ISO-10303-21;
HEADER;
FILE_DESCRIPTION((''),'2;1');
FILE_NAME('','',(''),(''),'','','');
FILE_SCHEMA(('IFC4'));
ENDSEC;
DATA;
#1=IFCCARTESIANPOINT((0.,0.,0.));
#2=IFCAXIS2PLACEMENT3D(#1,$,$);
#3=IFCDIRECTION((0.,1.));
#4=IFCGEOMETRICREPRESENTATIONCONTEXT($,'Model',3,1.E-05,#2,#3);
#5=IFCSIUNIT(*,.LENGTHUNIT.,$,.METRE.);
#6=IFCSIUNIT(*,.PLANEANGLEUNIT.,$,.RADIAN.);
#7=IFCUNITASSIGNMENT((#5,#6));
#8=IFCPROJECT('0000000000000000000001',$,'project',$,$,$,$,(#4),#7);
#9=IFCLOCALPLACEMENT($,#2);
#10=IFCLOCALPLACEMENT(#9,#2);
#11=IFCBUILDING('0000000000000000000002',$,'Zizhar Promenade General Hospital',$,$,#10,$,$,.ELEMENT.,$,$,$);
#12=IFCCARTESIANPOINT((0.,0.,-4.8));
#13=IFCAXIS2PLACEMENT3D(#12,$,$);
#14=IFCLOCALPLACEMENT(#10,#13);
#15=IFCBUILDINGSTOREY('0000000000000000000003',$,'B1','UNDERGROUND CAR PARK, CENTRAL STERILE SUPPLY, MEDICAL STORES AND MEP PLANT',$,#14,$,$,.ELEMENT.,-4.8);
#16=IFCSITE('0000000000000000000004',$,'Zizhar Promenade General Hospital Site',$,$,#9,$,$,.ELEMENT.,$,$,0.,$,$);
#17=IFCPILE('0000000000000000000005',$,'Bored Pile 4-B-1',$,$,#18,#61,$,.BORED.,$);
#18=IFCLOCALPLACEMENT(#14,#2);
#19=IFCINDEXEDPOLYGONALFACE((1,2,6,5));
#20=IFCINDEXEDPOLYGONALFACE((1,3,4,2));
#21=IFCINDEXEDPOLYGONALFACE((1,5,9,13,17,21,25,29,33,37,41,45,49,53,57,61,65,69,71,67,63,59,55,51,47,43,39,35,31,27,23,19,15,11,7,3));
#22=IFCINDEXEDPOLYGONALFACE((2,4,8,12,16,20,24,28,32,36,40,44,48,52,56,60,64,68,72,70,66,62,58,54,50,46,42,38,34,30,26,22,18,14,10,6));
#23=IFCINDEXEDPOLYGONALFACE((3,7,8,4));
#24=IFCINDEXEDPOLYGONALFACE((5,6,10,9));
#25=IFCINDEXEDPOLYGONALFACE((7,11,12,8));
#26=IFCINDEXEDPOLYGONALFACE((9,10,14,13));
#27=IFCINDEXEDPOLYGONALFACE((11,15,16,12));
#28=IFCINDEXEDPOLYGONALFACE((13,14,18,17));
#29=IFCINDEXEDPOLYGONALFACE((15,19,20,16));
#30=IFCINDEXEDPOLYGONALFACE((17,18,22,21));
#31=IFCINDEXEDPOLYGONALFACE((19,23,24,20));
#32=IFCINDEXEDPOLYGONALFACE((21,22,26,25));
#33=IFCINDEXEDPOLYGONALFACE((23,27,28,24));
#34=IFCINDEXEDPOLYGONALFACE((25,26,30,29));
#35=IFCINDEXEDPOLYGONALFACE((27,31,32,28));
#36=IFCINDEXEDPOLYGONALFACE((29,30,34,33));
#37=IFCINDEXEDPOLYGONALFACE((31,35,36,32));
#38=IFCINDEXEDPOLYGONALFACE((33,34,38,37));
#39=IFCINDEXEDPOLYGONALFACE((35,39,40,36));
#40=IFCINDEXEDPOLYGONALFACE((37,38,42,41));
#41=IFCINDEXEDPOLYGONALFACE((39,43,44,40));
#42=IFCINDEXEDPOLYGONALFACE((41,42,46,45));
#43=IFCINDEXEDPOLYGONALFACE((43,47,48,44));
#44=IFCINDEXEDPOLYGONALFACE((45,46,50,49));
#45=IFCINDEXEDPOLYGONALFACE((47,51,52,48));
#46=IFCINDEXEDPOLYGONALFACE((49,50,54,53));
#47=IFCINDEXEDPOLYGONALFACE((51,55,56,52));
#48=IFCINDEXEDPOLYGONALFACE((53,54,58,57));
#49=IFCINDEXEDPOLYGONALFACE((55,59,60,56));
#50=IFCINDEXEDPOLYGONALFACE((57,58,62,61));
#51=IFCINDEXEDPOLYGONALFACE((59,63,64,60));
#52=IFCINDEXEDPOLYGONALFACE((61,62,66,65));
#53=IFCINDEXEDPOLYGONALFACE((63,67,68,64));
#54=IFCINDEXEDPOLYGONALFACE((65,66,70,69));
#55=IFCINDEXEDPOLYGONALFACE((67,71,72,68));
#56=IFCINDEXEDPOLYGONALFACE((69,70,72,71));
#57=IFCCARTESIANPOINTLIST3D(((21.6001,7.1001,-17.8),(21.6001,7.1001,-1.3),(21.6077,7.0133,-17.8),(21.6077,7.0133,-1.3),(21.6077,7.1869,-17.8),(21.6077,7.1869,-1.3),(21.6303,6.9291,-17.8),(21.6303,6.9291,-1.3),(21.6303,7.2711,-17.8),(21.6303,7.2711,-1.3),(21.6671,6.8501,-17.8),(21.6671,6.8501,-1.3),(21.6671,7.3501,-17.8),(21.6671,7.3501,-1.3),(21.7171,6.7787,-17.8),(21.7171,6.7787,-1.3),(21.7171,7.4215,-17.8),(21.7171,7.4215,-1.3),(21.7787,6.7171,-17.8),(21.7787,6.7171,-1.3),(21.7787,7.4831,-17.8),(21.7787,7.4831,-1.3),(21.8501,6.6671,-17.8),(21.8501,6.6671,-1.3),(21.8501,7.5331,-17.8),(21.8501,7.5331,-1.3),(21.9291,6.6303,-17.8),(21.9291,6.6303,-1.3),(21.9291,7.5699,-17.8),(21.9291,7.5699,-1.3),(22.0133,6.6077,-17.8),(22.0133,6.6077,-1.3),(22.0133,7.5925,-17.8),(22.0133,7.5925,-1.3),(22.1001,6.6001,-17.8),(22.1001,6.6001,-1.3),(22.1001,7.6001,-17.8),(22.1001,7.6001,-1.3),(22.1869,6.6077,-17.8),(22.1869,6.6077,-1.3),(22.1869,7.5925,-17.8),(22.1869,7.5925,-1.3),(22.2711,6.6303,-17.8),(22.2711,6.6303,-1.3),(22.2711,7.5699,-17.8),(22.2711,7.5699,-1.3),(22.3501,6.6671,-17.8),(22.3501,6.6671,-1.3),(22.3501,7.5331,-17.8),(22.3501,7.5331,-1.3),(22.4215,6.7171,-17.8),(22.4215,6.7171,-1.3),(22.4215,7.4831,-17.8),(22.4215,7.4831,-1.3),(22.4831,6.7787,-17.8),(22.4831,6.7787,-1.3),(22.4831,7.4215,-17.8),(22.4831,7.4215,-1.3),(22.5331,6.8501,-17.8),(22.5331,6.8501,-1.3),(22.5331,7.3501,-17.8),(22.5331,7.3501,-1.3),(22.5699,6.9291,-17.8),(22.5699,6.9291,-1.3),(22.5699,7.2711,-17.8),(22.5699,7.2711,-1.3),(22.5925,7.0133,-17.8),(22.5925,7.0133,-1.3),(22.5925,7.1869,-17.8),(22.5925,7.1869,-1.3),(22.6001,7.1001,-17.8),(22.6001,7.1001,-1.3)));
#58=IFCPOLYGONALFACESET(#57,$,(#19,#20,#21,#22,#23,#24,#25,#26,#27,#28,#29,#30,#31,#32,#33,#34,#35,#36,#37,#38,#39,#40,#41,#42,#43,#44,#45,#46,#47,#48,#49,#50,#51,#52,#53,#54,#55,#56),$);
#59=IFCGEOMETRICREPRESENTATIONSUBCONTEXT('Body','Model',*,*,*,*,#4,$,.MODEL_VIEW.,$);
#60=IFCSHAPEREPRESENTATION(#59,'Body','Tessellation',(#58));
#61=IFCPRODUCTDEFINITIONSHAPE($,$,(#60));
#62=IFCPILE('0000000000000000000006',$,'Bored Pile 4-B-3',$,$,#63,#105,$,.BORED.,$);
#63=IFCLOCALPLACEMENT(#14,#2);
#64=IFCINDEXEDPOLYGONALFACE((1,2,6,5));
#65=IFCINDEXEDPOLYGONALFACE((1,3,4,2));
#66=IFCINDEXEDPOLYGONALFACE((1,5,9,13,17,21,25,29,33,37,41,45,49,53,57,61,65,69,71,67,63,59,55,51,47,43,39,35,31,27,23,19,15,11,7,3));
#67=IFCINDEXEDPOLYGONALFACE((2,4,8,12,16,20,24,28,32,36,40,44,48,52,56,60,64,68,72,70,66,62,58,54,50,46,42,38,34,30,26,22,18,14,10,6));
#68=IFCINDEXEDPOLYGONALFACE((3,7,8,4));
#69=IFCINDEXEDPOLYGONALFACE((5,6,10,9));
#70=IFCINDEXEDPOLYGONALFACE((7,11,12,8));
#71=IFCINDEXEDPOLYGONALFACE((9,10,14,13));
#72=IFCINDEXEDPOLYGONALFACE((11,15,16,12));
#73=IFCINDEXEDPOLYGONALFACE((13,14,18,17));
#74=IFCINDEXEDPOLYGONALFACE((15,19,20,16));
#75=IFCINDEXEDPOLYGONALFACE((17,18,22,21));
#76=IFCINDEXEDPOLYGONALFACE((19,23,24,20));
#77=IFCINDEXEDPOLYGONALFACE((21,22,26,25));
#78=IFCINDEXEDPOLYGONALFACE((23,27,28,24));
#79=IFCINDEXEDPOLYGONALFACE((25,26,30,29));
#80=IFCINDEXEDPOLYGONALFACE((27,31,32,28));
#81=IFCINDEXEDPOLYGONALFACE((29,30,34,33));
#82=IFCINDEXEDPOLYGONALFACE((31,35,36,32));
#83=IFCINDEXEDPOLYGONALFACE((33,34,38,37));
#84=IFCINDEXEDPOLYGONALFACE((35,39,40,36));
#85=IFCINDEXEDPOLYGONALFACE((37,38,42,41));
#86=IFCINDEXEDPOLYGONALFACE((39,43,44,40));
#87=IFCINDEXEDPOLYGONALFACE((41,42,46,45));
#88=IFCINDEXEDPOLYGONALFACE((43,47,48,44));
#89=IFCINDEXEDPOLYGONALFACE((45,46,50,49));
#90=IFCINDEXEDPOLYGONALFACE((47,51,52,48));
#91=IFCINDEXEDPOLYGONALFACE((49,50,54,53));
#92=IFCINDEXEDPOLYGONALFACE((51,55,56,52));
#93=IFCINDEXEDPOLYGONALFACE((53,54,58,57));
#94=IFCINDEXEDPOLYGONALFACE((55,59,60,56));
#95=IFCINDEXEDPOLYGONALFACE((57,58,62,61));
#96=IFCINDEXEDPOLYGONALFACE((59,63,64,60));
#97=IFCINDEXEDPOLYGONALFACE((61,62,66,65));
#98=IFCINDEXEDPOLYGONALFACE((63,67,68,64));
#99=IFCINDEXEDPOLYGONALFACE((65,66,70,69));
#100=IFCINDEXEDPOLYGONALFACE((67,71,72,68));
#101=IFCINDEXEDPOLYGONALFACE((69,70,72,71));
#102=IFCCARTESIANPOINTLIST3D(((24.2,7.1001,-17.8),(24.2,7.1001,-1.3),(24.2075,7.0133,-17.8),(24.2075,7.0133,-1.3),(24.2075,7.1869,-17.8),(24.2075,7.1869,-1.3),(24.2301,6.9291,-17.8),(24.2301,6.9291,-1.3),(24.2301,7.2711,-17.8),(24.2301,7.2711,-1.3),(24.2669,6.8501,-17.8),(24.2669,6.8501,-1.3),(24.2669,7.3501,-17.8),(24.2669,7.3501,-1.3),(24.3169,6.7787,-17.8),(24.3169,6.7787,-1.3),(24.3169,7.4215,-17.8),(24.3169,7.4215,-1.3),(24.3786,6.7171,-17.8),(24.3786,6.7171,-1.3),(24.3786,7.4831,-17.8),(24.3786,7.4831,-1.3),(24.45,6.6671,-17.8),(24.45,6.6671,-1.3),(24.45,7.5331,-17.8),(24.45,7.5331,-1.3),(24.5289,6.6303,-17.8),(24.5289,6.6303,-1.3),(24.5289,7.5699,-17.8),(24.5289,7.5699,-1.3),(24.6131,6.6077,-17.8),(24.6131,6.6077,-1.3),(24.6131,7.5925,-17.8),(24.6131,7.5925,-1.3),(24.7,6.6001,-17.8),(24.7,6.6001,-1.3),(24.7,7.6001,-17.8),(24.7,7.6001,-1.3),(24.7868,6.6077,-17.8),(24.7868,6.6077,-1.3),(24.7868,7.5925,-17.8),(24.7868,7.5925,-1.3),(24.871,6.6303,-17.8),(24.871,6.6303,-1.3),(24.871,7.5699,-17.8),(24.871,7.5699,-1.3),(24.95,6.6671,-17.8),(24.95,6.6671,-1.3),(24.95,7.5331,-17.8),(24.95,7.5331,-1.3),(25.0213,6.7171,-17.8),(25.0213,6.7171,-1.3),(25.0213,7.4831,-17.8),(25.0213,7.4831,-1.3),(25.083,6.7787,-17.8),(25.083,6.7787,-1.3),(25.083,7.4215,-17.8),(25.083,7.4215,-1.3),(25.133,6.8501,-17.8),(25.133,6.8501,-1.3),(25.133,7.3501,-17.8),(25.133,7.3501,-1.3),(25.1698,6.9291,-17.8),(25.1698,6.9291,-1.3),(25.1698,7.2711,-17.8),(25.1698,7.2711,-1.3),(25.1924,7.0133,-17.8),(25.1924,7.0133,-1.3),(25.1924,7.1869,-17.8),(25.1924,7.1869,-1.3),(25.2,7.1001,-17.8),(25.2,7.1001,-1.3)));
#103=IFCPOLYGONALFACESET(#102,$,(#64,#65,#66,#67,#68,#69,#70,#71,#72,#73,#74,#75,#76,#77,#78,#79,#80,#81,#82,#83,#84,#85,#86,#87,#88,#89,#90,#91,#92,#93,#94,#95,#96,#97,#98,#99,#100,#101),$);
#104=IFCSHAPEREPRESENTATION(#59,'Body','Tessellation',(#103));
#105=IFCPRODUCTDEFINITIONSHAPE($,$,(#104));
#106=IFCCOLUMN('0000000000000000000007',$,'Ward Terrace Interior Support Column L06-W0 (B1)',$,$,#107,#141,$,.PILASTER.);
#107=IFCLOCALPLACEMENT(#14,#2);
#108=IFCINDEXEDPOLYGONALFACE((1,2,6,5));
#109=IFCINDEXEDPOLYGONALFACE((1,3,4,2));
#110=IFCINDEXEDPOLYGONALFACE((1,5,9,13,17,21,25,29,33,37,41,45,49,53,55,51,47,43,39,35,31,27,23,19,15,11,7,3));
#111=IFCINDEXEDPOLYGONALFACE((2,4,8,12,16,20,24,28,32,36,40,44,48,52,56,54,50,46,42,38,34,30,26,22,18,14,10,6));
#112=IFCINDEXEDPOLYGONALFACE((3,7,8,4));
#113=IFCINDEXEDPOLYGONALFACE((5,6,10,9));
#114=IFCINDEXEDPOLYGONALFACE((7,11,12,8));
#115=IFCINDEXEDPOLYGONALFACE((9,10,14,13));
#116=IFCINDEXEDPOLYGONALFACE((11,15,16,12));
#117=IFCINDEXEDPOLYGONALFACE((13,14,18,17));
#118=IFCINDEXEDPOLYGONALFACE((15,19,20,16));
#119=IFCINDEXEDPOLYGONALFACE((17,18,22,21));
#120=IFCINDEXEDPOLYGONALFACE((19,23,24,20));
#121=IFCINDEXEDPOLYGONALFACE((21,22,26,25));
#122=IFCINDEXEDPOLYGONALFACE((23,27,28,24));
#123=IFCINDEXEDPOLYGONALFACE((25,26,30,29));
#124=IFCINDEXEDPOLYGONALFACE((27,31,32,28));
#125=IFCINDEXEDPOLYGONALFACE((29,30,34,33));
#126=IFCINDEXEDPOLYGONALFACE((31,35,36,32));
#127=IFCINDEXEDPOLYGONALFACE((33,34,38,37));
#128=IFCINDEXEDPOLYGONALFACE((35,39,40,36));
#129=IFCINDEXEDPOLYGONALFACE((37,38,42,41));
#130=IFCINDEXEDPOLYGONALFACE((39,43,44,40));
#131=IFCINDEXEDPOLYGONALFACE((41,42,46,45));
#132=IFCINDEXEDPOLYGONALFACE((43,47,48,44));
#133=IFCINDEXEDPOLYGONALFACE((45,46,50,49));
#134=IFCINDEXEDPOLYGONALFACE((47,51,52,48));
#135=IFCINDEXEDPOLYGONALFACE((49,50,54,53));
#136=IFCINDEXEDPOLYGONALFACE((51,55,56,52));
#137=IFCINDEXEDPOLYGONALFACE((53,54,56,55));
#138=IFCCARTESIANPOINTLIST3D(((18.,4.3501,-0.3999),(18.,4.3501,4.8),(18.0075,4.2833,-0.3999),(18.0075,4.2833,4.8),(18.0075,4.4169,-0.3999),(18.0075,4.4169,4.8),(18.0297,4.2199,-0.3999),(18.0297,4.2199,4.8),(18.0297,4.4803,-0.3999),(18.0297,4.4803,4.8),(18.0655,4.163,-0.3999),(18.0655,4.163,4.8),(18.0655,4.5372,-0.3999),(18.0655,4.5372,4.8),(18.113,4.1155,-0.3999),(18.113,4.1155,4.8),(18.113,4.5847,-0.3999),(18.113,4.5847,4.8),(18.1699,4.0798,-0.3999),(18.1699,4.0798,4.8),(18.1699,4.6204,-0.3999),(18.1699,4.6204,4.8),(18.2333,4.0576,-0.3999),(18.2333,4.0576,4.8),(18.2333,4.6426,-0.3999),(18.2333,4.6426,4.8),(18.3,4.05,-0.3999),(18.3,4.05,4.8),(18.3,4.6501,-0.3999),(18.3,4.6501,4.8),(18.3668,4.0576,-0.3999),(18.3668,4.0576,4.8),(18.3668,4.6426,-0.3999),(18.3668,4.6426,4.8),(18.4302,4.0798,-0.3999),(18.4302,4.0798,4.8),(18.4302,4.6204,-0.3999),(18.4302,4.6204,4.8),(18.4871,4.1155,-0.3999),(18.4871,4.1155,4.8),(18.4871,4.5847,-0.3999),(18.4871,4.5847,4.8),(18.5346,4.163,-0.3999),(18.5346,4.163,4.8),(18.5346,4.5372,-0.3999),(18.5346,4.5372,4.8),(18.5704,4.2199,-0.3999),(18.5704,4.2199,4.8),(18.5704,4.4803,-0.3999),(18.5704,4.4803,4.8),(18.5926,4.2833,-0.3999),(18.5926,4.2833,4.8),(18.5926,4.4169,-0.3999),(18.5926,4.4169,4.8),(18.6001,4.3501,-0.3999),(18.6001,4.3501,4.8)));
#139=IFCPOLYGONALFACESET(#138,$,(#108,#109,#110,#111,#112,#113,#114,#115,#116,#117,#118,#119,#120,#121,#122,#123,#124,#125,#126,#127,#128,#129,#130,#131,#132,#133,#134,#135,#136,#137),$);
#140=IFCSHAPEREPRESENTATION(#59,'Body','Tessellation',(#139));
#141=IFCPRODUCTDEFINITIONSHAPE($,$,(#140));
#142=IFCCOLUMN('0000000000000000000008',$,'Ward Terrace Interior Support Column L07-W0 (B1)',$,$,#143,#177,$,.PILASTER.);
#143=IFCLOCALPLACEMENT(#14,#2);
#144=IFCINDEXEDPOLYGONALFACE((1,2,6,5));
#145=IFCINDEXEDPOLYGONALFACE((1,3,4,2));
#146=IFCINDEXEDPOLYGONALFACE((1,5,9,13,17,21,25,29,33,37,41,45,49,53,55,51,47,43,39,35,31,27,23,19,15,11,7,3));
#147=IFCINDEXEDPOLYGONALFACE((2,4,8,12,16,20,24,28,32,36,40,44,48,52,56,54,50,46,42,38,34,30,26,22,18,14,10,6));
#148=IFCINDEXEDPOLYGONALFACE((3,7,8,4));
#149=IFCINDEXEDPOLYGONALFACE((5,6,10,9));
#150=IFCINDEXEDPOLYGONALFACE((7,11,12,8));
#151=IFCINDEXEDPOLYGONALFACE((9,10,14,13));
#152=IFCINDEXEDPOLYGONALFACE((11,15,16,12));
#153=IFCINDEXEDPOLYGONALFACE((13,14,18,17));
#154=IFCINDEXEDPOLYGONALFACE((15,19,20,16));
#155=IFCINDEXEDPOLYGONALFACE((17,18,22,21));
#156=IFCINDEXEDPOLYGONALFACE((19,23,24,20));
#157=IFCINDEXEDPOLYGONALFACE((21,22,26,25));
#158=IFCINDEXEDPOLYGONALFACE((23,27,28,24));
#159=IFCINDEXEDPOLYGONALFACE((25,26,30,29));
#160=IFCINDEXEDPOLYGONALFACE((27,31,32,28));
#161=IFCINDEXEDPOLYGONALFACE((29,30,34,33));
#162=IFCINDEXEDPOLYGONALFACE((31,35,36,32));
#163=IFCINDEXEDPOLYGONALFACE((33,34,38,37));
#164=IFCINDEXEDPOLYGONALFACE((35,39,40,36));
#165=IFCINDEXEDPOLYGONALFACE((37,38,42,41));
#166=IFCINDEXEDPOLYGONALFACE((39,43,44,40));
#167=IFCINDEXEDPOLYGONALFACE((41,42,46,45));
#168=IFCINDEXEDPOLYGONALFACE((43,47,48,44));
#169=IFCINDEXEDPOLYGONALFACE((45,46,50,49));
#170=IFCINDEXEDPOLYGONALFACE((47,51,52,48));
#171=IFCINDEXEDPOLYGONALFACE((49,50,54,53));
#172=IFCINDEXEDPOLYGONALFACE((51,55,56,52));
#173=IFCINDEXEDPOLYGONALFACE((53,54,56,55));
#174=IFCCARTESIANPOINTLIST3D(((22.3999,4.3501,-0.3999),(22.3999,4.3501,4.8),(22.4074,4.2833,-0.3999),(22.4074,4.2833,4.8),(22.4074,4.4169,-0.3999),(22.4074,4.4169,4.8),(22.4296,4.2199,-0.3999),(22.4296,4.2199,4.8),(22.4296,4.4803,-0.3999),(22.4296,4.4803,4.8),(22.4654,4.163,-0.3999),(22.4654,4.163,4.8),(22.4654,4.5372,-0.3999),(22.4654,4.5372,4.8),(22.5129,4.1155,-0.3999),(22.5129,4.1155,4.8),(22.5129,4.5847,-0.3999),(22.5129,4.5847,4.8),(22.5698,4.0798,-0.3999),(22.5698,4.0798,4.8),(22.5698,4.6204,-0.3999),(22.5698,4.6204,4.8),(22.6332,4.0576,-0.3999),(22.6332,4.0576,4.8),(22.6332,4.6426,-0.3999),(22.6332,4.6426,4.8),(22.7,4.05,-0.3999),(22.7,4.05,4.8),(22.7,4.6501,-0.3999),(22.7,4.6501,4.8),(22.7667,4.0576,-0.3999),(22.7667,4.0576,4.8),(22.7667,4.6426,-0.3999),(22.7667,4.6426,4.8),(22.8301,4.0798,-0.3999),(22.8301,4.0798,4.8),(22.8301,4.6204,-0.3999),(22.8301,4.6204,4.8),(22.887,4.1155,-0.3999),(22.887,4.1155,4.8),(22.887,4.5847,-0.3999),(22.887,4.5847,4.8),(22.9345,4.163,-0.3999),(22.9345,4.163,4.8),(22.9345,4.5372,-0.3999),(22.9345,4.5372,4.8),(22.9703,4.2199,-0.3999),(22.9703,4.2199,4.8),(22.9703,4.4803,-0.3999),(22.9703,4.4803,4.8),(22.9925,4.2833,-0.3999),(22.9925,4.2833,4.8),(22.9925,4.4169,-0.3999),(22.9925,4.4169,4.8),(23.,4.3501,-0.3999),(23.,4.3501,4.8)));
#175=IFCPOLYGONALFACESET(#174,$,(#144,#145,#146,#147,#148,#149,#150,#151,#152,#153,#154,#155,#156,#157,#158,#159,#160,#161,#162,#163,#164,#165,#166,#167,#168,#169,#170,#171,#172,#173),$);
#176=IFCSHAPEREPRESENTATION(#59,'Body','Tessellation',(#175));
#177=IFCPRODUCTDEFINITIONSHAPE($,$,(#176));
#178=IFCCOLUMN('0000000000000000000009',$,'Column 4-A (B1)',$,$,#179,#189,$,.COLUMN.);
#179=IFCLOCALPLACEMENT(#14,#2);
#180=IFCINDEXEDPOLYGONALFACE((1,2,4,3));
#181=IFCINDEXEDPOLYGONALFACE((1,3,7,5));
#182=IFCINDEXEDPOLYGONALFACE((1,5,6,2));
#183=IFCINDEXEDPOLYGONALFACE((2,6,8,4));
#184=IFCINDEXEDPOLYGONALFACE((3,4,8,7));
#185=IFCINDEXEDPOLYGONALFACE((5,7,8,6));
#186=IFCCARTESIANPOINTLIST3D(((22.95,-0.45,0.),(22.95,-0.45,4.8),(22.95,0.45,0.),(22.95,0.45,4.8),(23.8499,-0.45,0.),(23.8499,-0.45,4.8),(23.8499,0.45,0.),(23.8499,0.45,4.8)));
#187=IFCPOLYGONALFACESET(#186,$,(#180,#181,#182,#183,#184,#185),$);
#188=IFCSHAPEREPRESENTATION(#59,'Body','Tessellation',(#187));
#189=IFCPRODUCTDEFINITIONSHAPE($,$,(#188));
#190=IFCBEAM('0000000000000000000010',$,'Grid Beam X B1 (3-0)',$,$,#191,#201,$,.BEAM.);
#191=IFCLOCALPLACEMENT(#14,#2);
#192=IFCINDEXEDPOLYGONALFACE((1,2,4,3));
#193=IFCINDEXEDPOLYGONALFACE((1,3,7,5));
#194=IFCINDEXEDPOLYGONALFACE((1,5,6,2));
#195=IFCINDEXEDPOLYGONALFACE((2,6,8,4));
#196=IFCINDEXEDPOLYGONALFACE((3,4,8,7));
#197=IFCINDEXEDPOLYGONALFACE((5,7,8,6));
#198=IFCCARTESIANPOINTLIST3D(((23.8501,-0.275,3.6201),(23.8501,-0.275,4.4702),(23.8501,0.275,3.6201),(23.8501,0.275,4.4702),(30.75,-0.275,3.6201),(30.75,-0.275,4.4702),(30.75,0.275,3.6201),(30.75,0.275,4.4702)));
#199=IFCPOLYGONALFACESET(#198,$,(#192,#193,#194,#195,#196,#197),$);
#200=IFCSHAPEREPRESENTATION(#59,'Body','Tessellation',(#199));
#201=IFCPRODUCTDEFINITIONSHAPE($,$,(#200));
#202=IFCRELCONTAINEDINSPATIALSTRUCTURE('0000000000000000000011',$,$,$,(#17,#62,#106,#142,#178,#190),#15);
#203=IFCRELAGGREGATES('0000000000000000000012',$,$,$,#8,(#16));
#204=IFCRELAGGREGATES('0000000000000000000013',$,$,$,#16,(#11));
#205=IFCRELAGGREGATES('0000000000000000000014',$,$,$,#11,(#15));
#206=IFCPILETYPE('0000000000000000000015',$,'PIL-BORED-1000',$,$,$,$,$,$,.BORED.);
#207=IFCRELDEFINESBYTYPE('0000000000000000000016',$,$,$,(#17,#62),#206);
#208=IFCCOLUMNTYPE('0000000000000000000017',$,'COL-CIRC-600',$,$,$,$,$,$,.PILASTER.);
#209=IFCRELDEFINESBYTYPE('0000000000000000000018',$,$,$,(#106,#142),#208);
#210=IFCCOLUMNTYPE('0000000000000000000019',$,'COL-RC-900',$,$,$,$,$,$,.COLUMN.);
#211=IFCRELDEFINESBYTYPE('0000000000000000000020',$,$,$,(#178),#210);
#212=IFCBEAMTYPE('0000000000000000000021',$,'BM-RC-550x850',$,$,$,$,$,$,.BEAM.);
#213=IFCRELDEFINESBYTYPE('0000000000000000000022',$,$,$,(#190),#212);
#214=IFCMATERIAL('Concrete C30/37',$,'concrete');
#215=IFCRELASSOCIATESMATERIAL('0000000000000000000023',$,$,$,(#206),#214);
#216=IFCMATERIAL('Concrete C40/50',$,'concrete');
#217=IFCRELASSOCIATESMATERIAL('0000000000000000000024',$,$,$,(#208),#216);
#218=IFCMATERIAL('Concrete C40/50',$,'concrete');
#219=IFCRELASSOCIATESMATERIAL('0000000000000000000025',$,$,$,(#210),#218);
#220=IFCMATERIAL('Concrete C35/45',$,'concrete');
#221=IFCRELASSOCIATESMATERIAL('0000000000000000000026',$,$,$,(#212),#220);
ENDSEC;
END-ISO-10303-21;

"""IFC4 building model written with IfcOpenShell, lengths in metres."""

from ifc_helpers import new_model, si_unit, direction, frame, origin, origin_2d, place, context, subcontext, project, spatial, rectangle, circle, extrude, material, material_profile, profile_set, type_object, element, save


model = new_model("IFC4")

# Units and contexts
model_context = context("Model", 3, precision=1e-05, world=origin(), true_north=direction((0.0, 1.0)))
body_context = subcontext(model_context, "Body", "Model", "MODEL_VIEW")
ifc_project = project(units=[si_unit("LENGTHUNIT", "METRE"), si_unit("PLANEANGLEUNIT", "RADIAN")], contexts=[model_context])

# Site, building, storey
site_placement = place(None, origin())
site = spatial("IfcSite", under=ifc_project, at=site_placement, Name="Zizhar Promenade General Hospital Site", CompositionType="ELEMENT", RefElevation=0.0)
building_placement = place(site_placement, origin())
building = spatial("IfcBuilding", under=site, at=building_placement, Name="Zizhar Promenade General Hospital", CompositionType="ELEMENT")
storey_placement = place(building_placement, frame((0.0, 0.0, -4.8)))
storey = spatial("IfcBuildingStorey", under=building, at=storey_placement, Name="B1", Description="UNDERGROUND CAR PARK, CENTRAL STERILE SUPPLY, MEDICAL STORES AND MEP PLANT", CompositionType="ELEMENT", Elevation=-4.8)

# Piles
ifc_material_1 = material(Name="Concrete C30/37", Category="concrete")
ifc_material_profile_1 = material_profile(ifc_material_1, circle(Radius=0.5, at=origin_2d()))
ifc_profile_set_1 = profile_set([ifc_material_profile_1], Name="Concrete C30/37")
pile_type = type_object("IfcPileType", Name="PIL-BORED-1000", PredefinedType="BORED", material=ifc_profile_set_1)
for number, where, z_axis, x_axis, name in (
    (1, (22.1001, 7.1001, -1.3), (0.0, 0.0, -1.0), (1.0, 0.0, 0.0), "Bored Pile 4-B-1"),
    (2, (24.7, 7.1001, -1.3), (0.0, 0.0, -1.0), (1.0, 0.0, 0.0), "Bored Pile 4-B-3"),
):
    element("IfcPile", number, at=place(storey_placement, frame(where, z_axis=z_axis, x_axis=x_axis)), inside=storey, type_object=pile_type, Name=name, PredefinedType="BORED", context=body_context, shape_type="SweptSolid", body=[
        extrude(circle(Radius=0.5, at=origin_2d()), origin(), (0.0, 0.0, 1.0), 16.5),
    ])

# Columns
ifc_material_2 = material(Name="Concrete C40/50", Category="concrete")
ifc_material_profile_2 = material_profile(ifc_material_2, circle(Radius=0.3, at=origin_2d()))
ifc_profile_set_2 = profile_set([ifc_material_profile_2], Name="Concrete C40/50")
column_type_1 = type_object("IfcColumnType", Name="COL-CIRC-600", PredefinedType="PILASTER", material=ifc_profile_set_2)
for number, where, z_axis, x_axis, name in (
    (3, (18.3, 4.3501, -0.3999), (0.0, 0.0, 1.0), (1.0, 0.0, 0.0), "Ward Terrace Interior Support Column L06-W0 (B1)"),
    (4, (22.7, 4.3501, -0.3999), (0.0, 0.0, 1.0), (1.0, 0.0, 0.0), "Ward Terrace Interior Support Column L07-W0 (B1)"),
):
    element("IfcColumn", number, at=place(storey_placement, frame(where, z_axis=z_axis, x_axis=x_axis)), inside=storey, type_object=column_type_1, Name=name, PredefinedType="PILASTER", context=body_context, shape_type="SweptSolid", body=[
        extrude(circle(Radius=0.3, at=origin_2d()), origin(), (0.0, 0.0, 1.0), 5.2),
    ])
ifc_material_3 = material(Name="Concrete C40/50", Category="concrete")
ifc_material_profile_3 = material_profile(ifc_material_3, rectangle(XDim=0.8999, YDim=0.8999, at=origin_2d()))
ifc_profile_set_3 = profile_set([ifc_material_profile_3], Name="Concrete C40/50")
column_type_2 = type_object("IfcColumnType", Name="COL-RC-900", PredefinedType="COLUMN", material=ifc_profile_set_3)
column_placement = place(storey_placement, frame((23.3999, 0.0, 0.0), z_axis=(0.0, 0.0, 1.0), x_axis=(1.0, 0.0, 0.0)))
element("IfcColumn", 5, at=column_placement, inside=storey, type_object=column_type_2, Name="Column 4-A (B1)", PredefinedType="COLUMN", context=body_context, shape_type="SweptSolid", body=[
    extrude(rectangle(XDim=0.8999, YDim=0.8999, at=origin_2d()), origin(), (0.0, 0.0, 1.0), 4.8),
])

# Beam
ifc_material_4 = material(Name="Concrete C35/45", Category="concrete")
ifc_material_profile_4 = material_profile(ifc_material_4, rectangle(XDim=0.55, YDim=0.8501, at=origin_2d()))
ifc_profile_set_4 = profile_set([ifc_material_profile_4], Name="Concrete C35/45")
beam_type_1 = type_object("IfcBeamType", Name="BM-RC-550x850", PredefinedType="BEAM", material=ifc_profile_set_4)
beam_1_placement = place(storey_placement, frame((23.8501, 0.0, 4.0452), z_axis=(1.0, 0.0, 0.0), x_axis=(0.0, 1.0, 0.0)))
element("IfcBeam", 6, at=beam_1_placement, inside=storey, type_object=beam_type_1, Name="Grid Beam X B1 (3-0)", PredefinedType="BEAM", context=body_context, shape_type="SweptSolid", body=[
    extrude(rectangle(XDim=0.55, YDim=0.8501, at=origin_2d()), origin(), (0.0, 0.0, 1.0), 6.8999),
])

save(model, "model.ifc")
